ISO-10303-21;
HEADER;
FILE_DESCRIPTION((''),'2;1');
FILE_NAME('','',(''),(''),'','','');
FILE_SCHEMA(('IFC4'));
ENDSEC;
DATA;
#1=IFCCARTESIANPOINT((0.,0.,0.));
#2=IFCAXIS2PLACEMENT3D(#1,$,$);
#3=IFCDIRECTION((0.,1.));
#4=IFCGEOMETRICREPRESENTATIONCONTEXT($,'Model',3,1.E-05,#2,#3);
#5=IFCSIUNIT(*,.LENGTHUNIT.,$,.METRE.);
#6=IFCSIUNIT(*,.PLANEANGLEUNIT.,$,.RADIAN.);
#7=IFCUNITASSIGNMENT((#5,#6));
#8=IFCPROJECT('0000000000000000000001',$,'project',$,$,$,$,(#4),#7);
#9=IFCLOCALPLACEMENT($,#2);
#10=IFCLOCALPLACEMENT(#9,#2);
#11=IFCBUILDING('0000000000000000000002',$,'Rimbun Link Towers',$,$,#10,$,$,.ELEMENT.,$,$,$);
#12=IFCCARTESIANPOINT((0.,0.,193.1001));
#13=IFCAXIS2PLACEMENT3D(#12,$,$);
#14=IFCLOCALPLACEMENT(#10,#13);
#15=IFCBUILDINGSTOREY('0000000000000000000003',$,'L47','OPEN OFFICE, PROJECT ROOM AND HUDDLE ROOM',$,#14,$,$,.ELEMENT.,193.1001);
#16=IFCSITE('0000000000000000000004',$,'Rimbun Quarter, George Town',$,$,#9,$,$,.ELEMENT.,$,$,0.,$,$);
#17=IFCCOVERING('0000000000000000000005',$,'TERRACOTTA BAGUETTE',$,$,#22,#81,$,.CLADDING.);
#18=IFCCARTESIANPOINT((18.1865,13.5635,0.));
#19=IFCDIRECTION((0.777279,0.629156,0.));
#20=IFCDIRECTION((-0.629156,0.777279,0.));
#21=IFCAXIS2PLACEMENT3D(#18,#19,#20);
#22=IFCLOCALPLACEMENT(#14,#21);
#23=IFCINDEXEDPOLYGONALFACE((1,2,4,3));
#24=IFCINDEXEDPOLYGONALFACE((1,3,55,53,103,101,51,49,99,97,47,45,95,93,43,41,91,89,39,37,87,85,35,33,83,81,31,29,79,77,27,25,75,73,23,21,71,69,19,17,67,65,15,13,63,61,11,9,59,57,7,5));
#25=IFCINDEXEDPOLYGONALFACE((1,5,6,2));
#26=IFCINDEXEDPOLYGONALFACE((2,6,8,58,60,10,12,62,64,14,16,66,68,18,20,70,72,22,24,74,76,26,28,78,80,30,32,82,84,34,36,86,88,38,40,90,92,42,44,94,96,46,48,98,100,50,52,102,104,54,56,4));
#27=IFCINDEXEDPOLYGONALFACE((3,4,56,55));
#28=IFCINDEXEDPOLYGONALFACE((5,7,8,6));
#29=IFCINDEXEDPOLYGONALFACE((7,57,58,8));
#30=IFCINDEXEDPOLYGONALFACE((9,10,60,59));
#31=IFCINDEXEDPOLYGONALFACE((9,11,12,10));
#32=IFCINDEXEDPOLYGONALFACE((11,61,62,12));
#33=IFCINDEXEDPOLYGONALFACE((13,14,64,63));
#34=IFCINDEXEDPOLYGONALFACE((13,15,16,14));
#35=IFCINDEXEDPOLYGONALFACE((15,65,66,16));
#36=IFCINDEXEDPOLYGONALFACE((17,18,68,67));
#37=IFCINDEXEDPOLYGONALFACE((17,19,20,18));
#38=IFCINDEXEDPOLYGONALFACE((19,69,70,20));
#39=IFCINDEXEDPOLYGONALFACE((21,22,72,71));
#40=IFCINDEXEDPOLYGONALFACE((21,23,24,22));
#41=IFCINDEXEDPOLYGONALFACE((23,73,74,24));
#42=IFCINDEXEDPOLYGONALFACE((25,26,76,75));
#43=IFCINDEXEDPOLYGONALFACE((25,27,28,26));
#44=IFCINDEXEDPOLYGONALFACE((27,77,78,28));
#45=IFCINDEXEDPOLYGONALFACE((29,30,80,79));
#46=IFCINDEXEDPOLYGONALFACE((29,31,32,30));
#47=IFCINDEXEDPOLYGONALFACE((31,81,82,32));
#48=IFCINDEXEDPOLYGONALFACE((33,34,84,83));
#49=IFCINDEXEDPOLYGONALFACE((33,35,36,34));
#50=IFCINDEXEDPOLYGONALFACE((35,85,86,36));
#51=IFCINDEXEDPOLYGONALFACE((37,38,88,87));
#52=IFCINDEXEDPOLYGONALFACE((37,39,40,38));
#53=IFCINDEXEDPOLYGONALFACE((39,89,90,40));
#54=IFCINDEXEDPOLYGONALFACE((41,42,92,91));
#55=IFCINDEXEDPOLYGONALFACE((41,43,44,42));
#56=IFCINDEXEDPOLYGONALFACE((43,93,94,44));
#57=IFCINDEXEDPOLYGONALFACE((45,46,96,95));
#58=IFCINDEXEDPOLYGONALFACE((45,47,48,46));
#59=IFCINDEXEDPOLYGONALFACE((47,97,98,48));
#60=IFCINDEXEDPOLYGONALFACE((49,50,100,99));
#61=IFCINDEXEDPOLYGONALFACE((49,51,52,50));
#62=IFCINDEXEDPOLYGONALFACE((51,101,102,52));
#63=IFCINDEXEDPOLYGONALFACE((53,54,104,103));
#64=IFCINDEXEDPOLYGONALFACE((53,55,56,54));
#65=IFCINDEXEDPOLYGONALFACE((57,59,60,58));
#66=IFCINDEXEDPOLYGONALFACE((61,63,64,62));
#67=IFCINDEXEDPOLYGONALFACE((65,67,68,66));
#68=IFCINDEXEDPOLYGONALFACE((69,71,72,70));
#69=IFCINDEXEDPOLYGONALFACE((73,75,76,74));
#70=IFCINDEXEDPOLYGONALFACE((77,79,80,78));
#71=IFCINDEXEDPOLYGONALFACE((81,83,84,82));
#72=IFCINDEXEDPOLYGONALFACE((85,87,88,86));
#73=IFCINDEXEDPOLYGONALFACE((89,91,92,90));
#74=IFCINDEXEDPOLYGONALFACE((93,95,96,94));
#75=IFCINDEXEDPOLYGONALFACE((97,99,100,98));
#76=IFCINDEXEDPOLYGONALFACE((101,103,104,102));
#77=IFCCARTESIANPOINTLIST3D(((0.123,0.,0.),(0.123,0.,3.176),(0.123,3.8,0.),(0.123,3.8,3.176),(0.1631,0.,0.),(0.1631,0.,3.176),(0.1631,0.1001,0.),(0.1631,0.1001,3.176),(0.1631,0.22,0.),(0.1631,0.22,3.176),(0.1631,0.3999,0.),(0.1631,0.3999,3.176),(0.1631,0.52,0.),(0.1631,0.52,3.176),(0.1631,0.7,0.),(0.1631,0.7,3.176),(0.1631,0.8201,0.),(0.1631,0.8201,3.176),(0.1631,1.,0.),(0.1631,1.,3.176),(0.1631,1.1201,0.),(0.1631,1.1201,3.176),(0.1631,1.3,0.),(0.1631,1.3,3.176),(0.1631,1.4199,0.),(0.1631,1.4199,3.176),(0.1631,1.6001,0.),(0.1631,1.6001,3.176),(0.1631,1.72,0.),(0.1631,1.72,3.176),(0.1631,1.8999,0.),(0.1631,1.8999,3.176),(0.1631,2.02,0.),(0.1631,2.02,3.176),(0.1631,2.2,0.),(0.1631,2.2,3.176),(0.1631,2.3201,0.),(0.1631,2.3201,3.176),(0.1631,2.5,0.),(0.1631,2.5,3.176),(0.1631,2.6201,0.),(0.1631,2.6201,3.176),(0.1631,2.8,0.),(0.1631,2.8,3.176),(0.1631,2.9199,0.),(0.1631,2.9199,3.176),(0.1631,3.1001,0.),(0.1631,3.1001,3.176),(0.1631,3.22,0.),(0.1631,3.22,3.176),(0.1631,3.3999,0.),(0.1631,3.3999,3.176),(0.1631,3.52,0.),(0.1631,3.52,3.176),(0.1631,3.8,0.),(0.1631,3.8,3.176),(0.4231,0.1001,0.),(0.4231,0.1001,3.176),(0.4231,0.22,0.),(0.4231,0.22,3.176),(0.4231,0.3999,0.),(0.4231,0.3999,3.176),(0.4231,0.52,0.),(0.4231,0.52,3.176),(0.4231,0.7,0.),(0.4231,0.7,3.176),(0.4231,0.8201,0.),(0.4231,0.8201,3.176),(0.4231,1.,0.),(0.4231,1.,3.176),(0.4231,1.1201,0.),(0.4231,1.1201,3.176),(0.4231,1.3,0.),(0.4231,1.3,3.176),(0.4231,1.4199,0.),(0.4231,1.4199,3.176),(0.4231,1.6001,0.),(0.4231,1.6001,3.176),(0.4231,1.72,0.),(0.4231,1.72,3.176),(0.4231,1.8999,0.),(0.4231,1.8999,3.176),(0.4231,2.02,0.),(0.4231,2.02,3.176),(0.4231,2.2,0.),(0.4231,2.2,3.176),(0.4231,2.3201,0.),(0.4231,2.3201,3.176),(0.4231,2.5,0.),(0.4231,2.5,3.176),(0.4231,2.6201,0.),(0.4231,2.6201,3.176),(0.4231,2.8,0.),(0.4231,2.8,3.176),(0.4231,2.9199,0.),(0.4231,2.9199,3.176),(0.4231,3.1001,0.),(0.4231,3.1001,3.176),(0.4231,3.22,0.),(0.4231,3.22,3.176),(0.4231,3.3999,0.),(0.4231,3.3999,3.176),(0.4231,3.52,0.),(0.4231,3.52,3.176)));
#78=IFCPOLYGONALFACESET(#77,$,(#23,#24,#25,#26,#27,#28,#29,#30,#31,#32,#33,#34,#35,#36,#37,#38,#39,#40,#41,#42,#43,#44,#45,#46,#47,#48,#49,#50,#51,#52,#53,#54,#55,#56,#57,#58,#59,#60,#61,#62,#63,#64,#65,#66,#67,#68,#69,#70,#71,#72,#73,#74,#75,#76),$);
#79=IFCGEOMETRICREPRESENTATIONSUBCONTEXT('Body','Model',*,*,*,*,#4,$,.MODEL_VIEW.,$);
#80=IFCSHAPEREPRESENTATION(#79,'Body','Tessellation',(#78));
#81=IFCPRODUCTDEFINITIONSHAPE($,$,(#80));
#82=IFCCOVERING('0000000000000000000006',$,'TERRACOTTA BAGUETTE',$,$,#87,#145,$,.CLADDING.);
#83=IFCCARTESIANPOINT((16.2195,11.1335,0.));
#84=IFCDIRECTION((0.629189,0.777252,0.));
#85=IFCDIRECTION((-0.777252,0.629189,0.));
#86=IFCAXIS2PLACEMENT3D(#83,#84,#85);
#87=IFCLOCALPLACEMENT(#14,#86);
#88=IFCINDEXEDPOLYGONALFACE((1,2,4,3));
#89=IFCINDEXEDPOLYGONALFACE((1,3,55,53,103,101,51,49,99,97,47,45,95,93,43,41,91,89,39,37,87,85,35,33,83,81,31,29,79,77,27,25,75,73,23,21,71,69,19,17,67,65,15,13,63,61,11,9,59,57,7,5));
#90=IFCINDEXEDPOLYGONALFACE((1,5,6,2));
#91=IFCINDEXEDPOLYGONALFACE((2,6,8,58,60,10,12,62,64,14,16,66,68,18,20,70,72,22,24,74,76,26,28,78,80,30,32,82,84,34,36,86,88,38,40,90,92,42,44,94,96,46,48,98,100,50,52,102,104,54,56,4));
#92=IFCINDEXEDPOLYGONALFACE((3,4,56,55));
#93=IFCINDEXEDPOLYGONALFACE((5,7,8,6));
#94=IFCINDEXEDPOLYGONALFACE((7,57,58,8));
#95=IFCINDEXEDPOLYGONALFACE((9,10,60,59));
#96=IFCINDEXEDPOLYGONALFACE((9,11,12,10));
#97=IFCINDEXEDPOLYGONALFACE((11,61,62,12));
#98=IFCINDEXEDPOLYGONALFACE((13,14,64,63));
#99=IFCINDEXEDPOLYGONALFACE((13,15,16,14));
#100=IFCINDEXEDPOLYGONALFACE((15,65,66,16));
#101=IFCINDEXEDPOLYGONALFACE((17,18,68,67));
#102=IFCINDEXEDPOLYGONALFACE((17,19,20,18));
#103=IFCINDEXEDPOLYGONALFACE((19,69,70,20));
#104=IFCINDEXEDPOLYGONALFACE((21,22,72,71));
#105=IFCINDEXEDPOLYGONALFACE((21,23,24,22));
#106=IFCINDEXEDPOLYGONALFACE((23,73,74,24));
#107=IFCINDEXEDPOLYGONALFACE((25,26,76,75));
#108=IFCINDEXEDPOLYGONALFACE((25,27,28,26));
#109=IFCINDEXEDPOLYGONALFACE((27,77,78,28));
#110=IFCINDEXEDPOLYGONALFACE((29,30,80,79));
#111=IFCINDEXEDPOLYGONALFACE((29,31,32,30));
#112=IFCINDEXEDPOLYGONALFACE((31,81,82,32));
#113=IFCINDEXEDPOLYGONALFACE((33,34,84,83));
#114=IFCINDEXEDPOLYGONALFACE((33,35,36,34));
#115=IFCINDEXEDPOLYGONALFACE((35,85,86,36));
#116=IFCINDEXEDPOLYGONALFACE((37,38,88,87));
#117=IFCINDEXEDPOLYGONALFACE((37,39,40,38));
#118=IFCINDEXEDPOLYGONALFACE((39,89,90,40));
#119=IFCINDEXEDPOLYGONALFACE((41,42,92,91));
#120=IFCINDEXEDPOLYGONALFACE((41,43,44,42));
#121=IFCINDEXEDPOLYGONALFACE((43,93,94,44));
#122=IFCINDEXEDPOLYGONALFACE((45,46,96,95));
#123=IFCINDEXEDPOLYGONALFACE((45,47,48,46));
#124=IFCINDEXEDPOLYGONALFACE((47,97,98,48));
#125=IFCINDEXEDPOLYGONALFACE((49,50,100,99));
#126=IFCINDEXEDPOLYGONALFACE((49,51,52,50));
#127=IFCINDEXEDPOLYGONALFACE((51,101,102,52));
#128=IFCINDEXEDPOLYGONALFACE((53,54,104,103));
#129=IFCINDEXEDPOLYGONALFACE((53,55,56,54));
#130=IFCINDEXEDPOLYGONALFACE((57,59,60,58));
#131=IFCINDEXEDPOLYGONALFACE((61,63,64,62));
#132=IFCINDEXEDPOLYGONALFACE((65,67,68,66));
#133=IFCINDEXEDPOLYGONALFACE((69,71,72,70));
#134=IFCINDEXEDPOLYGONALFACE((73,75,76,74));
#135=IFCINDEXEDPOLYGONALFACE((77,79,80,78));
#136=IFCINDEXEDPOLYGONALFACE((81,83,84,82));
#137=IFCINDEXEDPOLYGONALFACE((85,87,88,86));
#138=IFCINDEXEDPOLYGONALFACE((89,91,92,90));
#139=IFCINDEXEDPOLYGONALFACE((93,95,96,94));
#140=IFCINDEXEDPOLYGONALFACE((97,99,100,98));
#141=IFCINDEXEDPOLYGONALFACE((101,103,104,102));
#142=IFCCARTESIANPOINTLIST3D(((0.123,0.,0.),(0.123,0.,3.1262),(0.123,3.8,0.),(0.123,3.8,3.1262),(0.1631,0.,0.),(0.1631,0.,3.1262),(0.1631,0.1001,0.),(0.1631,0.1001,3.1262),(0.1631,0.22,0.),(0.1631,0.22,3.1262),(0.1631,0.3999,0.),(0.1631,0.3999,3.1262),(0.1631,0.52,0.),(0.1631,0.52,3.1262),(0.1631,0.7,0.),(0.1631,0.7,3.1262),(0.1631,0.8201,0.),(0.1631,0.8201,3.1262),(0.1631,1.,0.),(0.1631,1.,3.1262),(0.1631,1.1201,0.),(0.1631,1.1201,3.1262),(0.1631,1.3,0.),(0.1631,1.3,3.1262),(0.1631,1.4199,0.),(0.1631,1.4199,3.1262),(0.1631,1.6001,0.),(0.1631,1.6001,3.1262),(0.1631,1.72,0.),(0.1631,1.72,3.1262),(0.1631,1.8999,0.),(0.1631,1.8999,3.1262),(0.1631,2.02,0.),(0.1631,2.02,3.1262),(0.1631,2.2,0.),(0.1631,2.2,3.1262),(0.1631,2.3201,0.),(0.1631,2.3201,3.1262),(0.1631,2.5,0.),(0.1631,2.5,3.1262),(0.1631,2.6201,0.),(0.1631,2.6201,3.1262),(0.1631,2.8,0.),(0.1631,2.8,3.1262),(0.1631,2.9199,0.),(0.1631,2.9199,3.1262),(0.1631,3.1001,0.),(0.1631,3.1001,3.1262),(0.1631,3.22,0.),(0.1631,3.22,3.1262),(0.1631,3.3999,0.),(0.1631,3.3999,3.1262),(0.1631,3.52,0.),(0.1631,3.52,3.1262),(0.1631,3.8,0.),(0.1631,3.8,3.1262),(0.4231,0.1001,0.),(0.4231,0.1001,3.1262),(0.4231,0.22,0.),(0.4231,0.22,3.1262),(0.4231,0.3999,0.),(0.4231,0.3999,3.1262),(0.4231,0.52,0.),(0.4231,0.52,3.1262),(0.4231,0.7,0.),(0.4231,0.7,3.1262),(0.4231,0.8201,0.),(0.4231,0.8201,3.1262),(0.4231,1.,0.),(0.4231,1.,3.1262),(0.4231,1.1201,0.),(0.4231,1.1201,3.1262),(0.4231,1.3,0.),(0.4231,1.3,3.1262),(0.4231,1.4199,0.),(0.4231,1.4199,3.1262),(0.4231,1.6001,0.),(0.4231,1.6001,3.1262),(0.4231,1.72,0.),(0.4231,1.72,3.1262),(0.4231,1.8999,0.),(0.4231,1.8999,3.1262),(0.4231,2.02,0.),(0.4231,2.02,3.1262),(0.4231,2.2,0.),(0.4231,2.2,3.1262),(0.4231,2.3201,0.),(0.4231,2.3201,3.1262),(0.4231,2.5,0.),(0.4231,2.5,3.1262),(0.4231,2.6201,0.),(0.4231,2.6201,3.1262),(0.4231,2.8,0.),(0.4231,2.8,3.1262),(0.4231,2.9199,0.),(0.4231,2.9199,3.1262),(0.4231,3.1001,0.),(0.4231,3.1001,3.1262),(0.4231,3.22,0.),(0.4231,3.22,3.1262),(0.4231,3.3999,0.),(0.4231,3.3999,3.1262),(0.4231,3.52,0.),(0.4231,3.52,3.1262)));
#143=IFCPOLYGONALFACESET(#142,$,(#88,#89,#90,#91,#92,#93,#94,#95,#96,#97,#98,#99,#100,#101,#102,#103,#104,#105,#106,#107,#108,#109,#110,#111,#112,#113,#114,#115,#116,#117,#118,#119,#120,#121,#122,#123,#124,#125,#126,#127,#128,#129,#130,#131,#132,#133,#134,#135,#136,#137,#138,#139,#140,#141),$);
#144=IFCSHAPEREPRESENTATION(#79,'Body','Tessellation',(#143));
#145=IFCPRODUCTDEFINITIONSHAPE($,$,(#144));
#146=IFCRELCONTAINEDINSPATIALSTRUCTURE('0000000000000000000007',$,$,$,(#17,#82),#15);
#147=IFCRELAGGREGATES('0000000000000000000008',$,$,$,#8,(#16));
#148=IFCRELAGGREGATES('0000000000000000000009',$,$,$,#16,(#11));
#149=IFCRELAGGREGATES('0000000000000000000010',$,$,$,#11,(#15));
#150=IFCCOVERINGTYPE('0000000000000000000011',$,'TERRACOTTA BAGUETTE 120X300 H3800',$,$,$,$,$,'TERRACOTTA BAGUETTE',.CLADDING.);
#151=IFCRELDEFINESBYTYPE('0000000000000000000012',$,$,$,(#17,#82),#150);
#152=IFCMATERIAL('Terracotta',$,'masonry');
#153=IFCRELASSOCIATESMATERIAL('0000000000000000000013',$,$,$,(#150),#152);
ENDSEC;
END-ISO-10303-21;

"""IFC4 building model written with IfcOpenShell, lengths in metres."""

from ifc_helpers import new_model, si_unit, direction, frame, origin, place, context, subcontext, project, spatial, polyline, outline, extrude, material, material_profile, profile_set, type_object, element, save


model = new_model("IFC4")

# Units and contexts
model_context = context("Model", 3, precision=1e-05, world=origin(), true_north=direction((0.0, 1.0)))
body_context = subcontext(model_context, "Body", "Model", "MODEL_VIEW")
ifc_project = project(units=[si_unit("LENGTHUNIT", "METRE"), si_unit("PLANEANGLEUNIT", "RADIAN")], contexts=[model_context])

# Site, building, storey
site_placement = place(None, origin())
site = spatial("IfcSite", under=ifc_project, at=site_placement, Name="Rimbun Quarter, George Town", CompositionType="ELEMENT", RefElevation=0.0)
building_placement = place(site_placement, origin())
building = spatial("IfcBuilding", under=site, at=building_placement, Name="Rimbun Link Towers", CompositionType="ELEMENT")
storey_placement = place(building_placement, frame((0.0, 0.0, 193.1001)))
storey = spatial("IfcBuildingStorey", under=building, at=storey_placement, Name="L47", Description="OPEN OFFICE, PROJECT ROOM AND HUDDLE ROOM", CompositionType="ELEMENT", Elevation=193.1001)

# Coverings
ifc_material_1 = material(Name="Terracotta", Category="masonry")
ifc_material_profile_1 = material_profile(ifc_material_1, outline(polyline([(0.123, 0.0), (0.1631, 0.0), (0.1631, 0.1001), (0.4231, 0.1001), (0.4231, 0.22), (0.1631, 0.22), (0.1631, 0.3999), (0.4231, 0.3999), (0.4231, 0.52), (0.1631, 0.52), (0.1631, 0.7), (0.4231, 0.7), (0.4231, 0.8201), (0.1631, 0.8201), (0.1631, 1.0), (0.4231, 1.0), (0.4231, 1.1201), (0.1631, 1.1201), (0.1631, 1.3), (0.4231, 1.3), (0.4231, 1.4199), (0.1631, 1.4199), (0.1631, 1.6001), (0.4231, 1.6001), (0.4231, 1.72), (0.1631, 1.72), (0.1631, 1.8999), (0.4231, 1.8999), (0.4231, 2.02), (0.1631, 2.02), (0.1631, 2.2), (0.4231, 2.2), (0.4231, 2.3201), (0.1631, 2.3201), (0.1631, 2.5), (0.4231, 2.5), (0.4231, 2.6201), (0.1631, 2.6201), (0.1631, 2.8), (0.4231, 2.8), (0.4231, 2.9199), (0.1631, 2.9199), (0.1631, 3.1001), (0.4231, 3.1001), (0.4231, 3.22), (0.1631, 3.22), (0.1631, 3.3999), (0.4231, 3.3999), (0.4231, 3.52), (0.1631, 3.52), (0.1631, 3.8), (0.123, 3.8), (0.123, 0.0)])), Name="BAGUETTE 120X300")
ifc_profile_set_1 = profile_set([ifc_material_profile_1], Name="Terracotta")
covering_type = type_object("IfcCoveringType", Name="TERRACOTTA BAGUETTE 120X300 H3800", ElementType="TERRACOTTA BAGUETTE", PredefinedType="CLADDING", material=ifc_profile_set_1)
covering_1_placement = place(storey_placement, frame((18.1865, 13.5635, 0.0), z_axis=(0.777279, 0.629156, 0.0), x_axis=(-0.629156, 0.777279, 0.0)))
element("IfcCovering", 1, at=covering_1_placement, inside=storey, type_object=covering_type, Name="TERRACOTTA BAGUETTE", PredefinedType="CLADDING", context=body_context, shape_type="SweptSolid", body=[
    extrude(outline(polyline([(0.123, 0.0), (0.1631, 0.0), (0.1631, 0.1001), (0.4231, 0.1001), (0.4231, 0.22), (0.1631, 0.22), (0.1631, 0.3999), (0.4231, 0.3999), (0.4231, 0.52), (0.1631, 0.52), (0.1631, 0.7), (0.4231, 0.7), (0.4231, 0.8201), (0.1631, 0.8201), (0.1631, 1.0), (0.4231, 1.0), (0.4231, 1.1201), (0.1631, 1.1201), (0.1631, 1.3), (0.4231, 1.3), (0.4231, 1.4199), (0.1631, 1.4199), (0.1631, 1.6001), (0.4231, 1.6001), (0.4231, 1.72), (0.1631, 1.72), (0.1631, 1.8999), (0.4231, 1.8999), (0.4231, 2.02), (0.1631, 2.02), (0.1631, 2.2), (0.4231, 2.2), (0.4231, 2.3201), (0.1631, 2.3201), (0.1631, 2.5), (0.4231, 2.5), (0.4231, 2.6201), (0.1631, 2.6201), (0.1631, 2.8), (0.4231, 2.8), (0.4231, 2.9199), (0.1631, 2.9199), (0.1631, 3.1001), (0.4231, 3.1001), (0.4231, 3.22), (0.1631, 3.22), (0.1631, 3.3999), (0.4231, 3.3999), (0.4231, 3.52), (0.1631, 3.52), (0.1631, 3.8), (0.123, 3.8), (0.123, 0.0)])), origin(), (0.0, 0.0, 1.0), 3.176),
])
covering_2_placement = place(storey_placement, frame((16.2195, 11.1335, 0.0), z_axis=(0.629189, 0.777252, 0.0), x_axis=(-0.777252, 0.629189, 0.0)))
element("IfcCovering", 2, at=covering_2_placement, inside=storey, type_object=covering_type, Name="TERRACOTTA BAGUETTE", PredefinedType="CLADDING", context=body_context, shape_type="SweptSolid", body=[
    extrude(outline(polyline([(0.123, 0.0), (0.1631, 0.0), (0.1631, 0.1001), (0.4231, 0.1001), (0.4231, 0.22), (0.1631, 0.22), (0.1631, 0.3999), (0.4231, 0.3999), (0.4231, 0.52), (0.1631, 0.52), (0.1631, 0.7), (0.4231, 0.7), (0.4231, 0.8201), (0.1631, 0.8201), (0.1631, 1.0), (0.4231, 1.0), (0.4231, 1.1201), (0.1631, 1.1201), (0.1631, 1.3), (0.4231, 1.3), (0.4231, 1.4199), (0.1631, 1.4199), (0.1631, 1.6001), (0.4231, 1.6001), (0.4231, 1.72), (0.1631, 1.72), (0.1631, 1.8999), (0.4231, 1.8999), (0.4231, 2.02), (0.1631, 2.02), (0.1631, 2.2), (0.4231, 2.2), (0.4231, 2.3201), (0.1631, 2.3201), (0.1631, 2.5), (0.4231, 2.5), (0.4231, 2.6201), (0.1631, 2.6201), (0.1631, 2.8), (0.4231, 2.8), (0.4231, 2.9199), (0.1631, 2.9199), (0.1631, 3.1001), (0.4231, 3.1001), (0.4231, 3.22), (0.1631, 3.22), (0.1631, 3.3999), (0.4231, 3.3999), (0.4231, 3.52), (0.1631, 3.52), (0.1631, 3.8), (0.123, 3.8), (0.123, 0.0)])), origin(), (0.0, 0.0, 1.0), 3.1262),
])

save(model, "model.ifc")
